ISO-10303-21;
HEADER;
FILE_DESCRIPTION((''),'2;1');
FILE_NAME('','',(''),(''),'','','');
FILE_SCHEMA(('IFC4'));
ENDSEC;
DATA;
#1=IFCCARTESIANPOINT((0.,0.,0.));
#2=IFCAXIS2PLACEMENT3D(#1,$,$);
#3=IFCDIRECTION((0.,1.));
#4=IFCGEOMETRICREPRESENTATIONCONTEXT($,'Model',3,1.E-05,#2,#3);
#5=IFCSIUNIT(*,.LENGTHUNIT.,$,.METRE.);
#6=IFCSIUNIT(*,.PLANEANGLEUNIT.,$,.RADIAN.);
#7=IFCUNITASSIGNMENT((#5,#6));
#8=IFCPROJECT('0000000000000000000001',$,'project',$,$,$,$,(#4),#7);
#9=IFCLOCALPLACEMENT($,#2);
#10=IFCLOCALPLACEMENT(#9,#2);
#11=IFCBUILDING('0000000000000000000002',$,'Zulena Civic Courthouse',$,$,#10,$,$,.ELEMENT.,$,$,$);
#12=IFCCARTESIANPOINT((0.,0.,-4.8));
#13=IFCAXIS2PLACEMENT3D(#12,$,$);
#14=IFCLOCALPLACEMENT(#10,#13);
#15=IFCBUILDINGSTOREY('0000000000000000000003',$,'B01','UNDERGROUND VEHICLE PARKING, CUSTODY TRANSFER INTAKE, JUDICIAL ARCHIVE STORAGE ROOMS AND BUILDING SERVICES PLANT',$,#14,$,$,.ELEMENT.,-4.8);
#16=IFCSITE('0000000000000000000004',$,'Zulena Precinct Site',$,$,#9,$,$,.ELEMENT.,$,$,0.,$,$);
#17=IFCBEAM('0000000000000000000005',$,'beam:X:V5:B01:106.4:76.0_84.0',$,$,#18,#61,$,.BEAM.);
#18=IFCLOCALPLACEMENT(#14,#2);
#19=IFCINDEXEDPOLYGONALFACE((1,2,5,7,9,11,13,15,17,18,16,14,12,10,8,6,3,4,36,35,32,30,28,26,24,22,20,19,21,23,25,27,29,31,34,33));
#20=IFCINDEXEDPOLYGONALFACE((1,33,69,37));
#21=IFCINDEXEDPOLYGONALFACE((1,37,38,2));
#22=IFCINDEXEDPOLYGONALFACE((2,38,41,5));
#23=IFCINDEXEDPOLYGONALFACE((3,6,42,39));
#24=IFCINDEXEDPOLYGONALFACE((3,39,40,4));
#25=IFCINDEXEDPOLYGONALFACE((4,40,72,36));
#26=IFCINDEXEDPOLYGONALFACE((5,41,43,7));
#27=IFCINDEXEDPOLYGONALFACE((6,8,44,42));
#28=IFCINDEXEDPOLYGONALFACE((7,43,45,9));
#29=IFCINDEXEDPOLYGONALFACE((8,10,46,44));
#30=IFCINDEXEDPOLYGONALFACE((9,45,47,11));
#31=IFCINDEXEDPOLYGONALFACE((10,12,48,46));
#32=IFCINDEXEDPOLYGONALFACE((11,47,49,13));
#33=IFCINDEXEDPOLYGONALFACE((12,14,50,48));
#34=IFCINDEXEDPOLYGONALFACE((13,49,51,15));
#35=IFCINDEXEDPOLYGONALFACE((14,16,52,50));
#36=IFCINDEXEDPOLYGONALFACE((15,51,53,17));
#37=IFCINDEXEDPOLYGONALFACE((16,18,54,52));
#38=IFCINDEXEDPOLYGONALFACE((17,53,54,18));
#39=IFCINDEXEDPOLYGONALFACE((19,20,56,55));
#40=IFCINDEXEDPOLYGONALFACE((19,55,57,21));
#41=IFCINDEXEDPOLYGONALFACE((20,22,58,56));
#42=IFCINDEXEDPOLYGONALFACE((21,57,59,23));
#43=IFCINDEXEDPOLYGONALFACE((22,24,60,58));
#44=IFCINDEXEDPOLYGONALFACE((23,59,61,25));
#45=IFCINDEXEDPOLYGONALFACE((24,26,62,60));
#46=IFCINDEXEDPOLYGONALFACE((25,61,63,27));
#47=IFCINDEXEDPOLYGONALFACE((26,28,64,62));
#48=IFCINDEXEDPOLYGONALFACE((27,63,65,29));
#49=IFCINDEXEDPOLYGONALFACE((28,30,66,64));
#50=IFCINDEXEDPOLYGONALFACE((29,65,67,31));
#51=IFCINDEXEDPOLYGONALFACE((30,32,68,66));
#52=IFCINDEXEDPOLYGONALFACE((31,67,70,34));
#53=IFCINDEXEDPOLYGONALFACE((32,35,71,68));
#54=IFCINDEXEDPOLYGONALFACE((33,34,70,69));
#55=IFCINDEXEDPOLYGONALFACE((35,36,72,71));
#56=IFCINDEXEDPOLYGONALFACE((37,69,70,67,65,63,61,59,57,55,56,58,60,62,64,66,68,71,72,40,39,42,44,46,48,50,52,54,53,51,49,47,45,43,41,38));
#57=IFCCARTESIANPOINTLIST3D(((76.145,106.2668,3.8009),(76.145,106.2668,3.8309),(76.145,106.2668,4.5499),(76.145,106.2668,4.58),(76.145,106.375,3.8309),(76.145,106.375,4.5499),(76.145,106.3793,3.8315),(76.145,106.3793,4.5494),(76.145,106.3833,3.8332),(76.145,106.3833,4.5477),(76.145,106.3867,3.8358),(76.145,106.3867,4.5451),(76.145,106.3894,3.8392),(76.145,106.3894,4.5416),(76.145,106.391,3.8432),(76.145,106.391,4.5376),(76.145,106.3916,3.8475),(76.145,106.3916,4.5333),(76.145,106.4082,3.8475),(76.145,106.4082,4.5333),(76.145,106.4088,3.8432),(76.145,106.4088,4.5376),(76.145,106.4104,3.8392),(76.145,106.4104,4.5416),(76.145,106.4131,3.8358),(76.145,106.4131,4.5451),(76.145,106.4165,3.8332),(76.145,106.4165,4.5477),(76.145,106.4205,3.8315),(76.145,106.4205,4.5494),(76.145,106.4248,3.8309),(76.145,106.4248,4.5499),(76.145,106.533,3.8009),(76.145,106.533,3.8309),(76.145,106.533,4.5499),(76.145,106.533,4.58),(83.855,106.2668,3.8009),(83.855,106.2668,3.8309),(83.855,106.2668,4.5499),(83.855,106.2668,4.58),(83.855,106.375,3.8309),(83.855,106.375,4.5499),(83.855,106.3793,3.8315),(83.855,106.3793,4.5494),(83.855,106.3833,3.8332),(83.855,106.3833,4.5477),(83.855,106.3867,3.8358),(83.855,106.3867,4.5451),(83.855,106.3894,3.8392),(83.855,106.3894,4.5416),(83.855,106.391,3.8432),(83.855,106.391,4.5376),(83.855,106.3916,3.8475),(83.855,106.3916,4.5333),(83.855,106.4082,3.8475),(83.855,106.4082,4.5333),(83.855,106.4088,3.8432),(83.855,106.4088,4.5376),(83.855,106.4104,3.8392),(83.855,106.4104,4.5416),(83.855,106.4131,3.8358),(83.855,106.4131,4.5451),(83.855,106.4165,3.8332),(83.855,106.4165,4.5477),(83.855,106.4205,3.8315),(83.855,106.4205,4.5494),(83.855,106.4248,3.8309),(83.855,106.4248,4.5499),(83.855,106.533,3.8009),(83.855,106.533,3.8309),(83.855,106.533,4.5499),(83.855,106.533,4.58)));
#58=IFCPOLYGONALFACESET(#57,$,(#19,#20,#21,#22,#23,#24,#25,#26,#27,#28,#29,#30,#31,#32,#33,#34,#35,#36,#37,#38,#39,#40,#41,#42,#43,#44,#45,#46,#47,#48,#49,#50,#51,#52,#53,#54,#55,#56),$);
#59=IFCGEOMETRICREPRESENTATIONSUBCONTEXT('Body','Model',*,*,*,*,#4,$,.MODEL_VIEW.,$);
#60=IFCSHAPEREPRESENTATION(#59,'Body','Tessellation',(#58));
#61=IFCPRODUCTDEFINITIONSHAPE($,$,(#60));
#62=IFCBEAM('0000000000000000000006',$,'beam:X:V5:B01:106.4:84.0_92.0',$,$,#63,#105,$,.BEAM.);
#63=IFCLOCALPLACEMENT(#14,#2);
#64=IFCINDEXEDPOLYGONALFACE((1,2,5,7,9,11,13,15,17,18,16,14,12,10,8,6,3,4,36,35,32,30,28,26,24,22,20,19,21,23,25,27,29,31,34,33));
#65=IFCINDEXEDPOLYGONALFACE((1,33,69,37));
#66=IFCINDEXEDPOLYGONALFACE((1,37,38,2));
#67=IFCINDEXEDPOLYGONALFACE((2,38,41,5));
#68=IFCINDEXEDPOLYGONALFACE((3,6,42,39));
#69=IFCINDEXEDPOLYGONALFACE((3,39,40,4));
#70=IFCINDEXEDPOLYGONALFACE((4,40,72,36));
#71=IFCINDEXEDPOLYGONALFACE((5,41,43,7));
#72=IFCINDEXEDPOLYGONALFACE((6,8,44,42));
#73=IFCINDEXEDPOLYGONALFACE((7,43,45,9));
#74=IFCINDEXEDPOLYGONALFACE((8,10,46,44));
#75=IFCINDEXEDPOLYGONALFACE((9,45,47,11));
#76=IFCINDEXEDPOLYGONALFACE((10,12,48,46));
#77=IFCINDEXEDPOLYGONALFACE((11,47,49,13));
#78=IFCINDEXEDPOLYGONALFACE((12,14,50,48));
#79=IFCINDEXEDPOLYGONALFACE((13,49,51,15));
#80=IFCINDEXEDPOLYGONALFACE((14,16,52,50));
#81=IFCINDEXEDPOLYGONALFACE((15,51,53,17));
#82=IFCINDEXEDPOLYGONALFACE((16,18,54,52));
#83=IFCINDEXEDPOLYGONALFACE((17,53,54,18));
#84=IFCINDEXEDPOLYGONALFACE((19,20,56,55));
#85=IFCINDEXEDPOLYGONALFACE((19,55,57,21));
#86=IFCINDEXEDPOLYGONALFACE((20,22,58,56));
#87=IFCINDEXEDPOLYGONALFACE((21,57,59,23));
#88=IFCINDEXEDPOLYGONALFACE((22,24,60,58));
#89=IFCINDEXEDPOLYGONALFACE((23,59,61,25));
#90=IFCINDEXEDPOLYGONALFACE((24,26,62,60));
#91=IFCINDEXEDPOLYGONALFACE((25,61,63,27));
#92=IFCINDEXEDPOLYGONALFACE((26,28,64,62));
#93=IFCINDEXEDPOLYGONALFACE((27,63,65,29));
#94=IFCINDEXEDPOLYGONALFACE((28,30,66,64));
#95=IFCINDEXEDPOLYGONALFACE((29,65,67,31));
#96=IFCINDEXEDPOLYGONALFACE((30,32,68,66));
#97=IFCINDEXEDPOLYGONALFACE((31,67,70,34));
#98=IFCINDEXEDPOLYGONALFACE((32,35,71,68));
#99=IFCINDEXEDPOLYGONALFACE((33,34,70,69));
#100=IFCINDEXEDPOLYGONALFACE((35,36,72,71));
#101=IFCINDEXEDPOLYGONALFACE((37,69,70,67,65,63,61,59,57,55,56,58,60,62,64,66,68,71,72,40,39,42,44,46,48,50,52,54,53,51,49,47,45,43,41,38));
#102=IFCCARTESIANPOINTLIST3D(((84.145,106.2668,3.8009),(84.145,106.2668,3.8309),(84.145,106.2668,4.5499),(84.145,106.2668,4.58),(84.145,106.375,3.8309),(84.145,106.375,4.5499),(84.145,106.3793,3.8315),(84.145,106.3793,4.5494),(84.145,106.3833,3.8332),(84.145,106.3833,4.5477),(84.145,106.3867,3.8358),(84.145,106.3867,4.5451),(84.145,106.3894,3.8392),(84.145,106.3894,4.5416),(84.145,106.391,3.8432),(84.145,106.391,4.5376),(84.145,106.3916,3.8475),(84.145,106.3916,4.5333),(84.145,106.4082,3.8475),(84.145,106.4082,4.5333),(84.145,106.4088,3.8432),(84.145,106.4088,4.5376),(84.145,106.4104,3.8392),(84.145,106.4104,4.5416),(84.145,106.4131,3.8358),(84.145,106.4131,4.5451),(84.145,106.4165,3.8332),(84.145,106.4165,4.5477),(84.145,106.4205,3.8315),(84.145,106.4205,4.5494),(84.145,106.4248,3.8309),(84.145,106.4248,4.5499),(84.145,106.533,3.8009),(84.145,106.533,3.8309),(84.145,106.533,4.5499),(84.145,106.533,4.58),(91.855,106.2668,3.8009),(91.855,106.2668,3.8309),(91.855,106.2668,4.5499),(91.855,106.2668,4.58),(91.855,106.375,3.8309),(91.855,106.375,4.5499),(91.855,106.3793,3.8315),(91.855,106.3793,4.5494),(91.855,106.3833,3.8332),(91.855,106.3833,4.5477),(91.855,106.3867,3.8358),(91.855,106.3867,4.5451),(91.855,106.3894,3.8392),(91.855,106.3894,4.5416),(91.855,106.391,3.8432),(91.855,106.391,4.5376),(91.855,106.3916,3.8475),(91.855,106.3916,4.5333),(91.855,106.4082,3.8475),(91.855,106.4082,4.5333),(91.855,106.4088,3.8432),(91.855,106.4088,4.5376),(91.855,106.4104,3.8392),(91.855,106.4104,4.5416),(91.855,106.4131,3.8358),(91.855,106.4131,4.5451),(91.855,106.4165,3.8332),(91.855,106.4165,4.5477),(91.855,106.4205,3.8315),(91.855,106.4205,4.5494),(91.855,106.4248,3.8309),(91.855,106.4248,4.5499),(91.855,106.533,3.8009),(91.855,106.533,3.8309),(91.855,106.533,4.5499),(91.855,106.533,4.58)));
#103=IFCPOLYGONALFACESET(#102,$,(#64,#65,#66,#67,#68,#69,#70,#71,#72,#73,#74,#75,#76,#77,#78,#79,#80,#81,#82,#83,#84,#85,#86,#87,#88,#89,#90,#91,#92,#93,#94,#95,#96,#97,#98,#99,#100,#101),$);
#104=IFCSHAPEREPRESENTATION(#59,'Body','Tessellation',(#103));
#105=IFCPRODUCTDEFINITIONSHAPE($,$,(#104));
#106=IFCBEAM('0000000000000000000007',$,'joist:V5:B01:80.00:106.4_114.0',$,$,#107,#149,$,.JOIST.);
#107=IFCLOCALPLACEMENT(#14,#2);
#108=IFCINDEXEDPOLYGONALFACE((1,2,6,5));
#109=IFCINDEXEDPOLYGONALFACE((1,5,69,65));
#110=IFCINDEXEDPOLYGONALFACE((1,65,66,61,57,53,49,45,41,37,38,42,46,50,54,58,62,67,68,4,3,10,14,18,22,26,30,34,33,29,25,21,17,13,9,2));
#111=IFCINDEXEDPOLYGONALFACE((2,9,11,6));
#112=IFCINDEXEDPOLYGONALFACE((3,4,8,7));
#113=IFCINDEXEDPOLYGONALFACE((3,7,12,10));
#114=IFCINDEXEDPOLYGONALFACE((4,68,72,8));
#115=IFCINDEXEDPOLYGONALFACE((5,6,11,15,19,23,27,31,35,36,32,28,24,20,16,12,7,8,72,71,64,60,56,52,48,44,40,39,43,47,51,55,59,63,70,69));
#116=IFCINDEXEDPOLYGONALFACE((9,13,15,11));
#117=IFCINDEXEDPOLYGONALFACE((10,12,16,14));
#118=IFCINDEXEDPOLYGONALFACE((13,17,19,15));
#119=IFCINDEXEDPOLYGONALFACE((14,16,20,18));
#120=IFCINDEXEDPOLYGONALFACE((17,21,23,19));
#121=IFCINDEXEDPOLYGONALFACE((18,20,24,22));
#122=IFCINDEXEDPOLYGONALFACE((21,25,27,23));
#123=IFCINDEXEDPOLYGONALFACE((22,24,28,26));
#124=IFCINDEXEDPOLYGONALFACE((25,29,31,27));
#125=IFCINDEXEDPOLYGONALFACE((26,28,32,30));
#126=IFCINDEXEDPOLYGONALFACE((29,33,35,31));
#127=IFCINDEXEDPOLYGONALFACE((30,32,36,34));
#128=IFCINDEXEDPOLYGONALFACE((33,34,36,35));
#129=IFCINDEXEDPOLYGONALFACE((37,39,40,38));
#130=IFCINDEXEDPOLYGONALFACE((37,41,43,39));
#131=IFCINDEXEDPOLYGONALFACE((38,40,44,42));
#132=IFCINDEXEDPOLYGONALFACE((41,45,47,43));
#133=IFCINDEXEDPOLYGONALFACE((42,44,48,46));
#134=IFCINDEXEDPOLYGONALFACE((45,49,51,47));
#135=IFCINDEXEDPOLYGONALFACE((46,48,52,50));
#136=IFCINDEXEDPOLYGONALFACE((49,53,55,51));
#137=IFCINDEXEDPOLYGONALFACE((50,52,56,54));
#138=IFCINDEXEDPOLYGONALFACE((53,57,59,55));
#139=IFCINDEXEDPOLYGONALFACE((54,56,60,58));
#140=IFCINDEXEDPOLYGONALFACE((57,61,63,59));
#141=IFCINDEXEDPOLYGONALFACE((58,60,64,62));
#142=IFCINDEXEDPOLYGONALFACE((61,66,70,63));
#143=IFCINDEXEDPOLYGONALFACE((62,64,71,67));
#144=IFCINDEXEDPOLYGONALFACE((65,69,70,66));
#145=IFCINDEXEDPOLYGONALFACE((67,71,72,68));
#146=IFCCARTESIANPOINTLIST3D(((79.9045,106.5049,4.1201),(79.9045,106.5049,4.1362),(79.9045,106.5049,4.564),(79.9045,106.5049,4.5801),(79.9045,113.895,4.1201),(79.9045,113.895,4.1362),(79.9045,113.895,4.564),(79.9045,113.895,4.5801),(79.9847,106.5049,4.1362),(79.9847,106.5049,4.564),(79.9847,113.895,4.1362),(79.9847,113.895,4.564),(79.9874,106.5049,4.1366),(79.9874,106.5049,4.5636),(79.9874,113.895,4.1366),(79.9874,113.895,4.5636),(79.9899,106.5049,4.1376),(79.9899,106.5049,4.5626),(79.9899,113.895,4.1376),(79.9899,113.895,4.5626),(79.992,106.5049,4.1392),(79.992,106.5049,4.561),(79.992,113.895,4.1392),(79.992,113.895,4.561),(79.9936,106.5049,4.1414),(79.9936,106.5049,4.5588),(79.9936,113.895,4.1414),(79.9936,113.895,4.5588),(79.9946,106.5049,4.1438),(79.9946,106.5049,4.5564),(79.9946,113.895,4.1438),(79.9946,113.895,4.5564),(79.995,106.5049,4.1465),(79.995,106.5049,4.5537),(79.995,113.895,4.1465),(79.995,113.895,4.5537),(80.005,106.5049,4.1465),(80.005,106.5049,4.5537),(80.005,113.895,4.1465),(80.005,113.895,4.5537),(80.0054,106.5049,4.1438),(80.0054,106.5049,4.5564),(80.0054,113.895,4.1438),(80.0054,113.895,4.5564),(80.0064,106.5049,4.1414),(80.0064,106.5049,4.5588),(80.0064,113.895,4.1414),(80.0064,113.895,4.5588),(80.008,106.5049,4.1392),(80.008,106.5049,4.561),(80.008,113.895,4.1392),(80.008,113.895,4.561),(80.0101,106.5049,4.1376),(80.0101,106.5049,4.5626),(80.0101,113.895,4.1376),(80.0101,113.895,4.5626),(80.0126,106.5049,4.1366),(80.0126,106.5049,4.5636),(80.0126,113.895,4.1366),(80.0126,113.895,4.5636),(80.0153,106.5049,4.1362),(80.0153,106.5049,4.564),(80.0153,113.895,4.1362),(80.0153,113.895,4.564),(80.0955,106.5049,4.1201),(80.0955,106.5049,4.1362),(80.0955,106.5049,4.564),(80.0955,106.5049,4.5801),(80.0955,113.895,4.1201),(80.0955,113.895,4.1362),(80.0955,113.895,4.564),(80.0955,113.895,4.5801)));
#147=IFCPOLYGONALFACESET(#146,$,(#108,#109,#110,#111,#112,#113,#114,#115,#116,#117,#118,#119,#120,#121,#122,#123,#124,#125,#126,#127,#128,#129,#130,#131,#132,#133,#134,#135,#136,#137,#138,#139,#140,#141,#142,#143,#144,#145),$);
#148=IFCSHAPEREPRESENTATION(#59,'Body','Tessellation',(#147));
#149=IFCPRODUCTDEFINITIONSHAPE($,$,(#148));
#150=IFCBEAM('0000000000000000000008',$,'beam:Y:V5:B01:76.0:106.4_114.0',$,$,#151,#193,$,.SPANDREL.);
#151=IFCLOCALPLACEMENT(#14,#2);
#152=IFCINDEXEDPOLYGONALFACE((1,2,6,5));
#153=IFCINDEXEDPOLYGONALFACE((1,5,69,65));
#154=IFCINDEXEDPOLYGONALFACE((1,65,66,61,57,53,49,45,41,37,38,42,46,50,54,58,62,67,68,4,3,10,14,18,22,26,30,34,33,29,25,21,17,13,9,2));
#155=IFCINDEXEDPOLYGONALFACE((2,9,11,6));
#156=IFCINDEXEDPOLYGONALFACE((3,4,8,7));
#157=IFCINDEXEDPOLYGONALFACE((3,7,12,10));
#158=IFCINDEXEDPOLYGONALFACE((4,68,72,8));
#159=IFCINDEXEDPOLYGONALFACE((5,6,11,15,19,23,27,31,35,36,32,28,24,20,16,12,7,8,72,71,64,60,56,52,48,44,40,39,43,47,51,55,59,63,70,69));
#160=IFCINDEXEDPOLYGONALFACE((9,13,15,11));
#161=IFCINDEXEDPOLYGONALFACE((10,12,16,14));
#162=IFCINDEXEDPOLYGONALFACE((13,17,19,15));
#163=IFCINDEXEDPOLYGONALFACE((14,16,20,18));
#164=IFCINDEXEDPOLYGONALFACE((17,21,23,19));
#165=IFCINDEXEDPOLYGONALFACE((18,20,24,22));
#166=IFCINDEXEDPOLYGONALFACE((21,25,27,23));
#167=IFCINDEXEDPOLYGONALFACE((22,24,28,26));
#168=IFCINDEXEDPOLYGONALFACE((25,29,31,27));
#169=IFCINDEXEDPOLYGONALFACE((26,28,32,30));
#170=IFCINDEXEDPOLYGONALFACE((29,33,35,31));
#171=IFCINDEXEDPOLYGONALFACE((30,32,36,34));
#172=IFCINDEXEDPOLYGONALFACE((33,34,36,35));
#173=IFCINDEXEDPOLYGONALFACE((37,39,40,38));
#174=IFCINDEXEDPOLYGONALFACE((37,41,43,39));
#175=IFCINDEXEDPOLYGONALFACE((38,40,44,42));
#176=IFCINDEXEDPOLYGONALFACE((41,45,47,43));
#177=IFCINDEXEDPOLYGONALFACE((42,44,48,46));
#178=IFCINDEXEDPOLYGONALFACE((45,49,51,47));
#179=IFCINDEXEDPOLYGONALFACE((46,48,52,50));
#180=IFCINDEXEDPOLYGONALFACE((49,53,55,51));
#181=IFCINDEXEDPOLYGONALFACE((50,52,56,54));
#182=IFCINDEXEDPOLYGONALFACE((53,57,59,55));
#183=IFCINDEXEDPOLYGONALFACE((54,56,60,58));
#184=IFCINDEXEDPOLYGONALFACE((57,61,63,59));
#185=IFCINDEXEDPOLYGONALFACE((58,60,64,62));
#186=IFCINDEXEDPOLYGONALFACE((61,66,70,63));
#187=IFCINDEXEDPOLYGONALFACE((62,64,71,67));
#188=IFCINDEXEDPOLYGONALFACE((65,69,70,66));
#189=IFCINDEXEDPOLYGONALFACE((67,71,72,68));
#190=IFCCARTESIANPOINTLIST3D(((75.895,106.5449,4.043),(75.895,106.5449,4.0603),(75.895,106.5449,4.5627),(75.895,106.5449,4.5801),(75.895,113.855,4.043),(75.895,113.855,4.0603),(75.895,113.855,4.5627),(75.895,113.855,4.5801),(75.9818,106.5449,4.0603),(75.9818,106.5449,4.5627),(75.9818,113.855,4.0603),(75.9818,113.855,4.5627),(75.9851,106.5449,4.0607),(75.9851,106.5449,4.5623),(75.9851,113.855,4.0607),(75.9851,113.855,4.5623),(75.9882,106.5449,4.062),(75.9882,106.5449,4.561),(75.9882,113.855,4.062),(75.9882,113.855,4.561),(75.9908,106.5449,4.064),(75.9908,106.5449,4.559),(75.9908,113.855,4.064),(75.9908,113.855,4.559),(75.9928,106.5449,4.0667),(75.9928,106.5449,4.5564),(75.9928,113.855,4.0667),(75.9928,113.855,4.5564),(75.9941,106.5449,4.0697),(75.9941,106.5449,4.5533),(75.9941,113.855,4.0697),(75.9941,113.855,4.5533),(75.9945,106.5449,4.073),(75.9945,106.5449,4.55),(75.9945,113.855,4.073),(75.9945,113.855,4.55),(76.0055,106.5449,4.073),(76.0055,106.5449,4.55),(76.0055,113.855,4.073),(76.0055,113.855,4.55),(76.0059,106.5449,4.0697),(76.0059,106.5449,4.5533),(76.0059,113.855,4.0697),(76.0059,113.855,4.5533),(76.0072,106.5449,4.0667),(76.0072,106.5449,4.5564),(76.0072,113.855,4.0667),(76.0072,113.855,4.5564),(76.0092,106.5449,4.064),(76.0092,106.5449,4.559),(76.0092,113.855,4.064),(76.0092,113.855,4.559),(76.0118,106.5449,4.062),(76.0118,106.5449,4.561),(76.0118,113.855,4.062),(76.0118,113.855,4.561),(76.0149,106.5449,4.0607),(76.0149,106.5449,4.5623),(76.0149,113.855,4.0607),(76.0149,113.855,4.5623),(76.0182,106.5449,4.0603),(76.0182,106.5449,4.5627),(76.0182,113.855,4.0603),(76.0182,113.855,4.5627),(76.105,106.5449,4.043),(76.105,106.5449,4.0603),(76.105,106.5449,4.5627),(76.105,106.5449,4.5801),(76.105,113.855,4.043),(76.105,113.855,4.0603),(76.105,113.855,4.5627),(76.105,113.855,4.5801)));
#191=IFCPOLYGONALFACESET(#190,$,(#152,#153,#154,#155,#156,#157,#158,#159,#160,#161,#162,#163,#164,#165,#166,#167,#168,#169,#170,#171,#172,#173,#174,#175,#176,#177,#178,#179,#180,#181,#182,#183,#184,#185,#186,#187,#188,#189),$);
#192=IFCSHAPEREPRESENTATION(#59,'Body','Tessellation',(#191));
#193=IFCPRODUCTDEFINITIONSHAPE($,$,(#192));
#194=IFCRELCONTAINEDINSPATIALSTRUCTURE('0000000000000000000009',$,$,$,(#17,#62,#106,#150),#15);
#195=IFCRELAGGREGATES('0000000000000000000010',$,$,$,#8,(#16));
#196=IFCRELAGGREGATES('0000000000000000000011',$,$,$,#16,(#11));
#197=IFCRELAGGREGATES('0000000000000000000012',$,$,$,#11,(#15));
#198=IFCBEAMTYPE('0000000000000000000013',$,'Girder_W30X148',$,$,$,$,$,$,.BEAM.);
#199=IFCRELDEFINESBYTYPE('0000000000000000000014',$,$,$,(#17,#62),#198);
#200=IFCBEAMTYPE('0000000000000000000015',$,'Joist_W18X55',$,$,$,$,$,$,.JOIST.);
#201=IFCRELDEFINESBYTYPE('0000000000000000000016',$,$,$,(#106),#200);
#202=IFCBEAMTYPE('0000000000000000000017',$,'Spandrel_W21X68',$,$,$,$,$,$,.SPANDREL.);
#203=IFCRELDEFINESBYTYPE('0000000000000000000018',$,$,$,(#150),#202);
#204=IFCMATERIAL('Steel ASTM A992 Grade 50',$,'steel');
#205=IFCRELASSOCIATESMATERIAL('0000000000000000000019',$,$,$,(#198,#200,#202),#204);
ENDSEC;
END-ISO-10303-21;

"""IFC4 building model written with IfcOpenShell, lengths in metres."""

from ifc_helpers import new_model, si_unit, direction, frame, origin, origin_2d, place, context, subcontext, project, spatial, i_section, extrude, material, material_profile, profile_set, type_object, element, save


model = new_model("IFC4")

# Units and contexts
model_context = context("Model", 3, precision=1e-05, world=origin(), true_north=direction((0.0, 1.0)))
body_context = subcontext(model_context, "Body", "Model", "MODEL_VIEW")
ifc_project = project(units=[si_unit("LENGTHUNIT", "METRE"), si_unit("PLANEANGLEUNIT", "RADIAN")], contexts=[model_context])

# Site, building, storey
site_placement = place(None, origin())
site = spatial("IfcSite", under=ifc_project, at=site_placement, Name="Zulena Precinct Site", CompositionType="ELEMENT", RefElevation=0.0)
building_placement = place(site_placement, origin())
building = spatial("IfcBuilding", under=site, at=building_placement, Name="Zulena Civic Courthouse", CompositionType="ELEMENT")
storey_placement = place(building_placement, frame((0.0, 0.0, -4.8)))
storey = spatial("IfcBuildingStorey", under=building, at=storey_placement, Name="B01", Description="UNDERGROUND VEHICLE PARKING, CUSTODY TRANSFER INTAKE, JUDICIAL ARCHIVE STORAGE ROOMS AND BUILDING SERVICES PLANT", CompositionType="ELEMENT", Elevation=-4.8)

# Shared definitions
ifc_material_1 = material(Name="Steel ASTM A992 Grade 50", Category="steel")

# Beams
ifc_material_profile_1 = material_profile(ifc_material_1, i_section(OverallWidth=0.2661, OverallDepth=0.7791, WebThickness=0.0166, FlangeThickness=0.03, FilletRadius=0.0166, at=origin_2d()), Name="W30X148")
ifc_profile_set_1 = profile_set([ifc_material_profile_1], Name="Steel ASTM A992 Grade 50")
beam_type_1 = type_object("IfcBeamType", Name="Girder_W30X148", PredefinedType="BEAM", material=ifc_profile_set_1)
for number, where, z_axis, x_axis, name in (
    (1, (76.145, 106.3999, 4.1904), (1.0, 0.0, 0.0), (0.0, 1.0, 0.0), "beam:X:V5:B01:106.4:76.0_84.0"),
    (2, (84.145, 106.3999, 4.1904), (1.0, 0.0, 0.0), (0.0, 1.0, 0.0), "beam:X:V5:B01:106.4:84.0_92.0"),
):
    element("IfcBeam", number, at=place(storey_placement, frame(where, z_axis=z_axis, x_axis=x_axis)), inside=storey, type_object=beam_type_1, Name=name, PredefinedType="BEAM", context=body_context, shape_type="SweptSolid", body=[
        extrude(i_section(OverallWidth=0.2661, OverallDepth=0.7791, WebThickness=0.0166, FlangeThickness=0.03, FilletRadius=0.0166, at=origin_2d()), origin(), (0.0, 0.0, 1.0), 7.71),
    ])
ifc_material_profile_2 = material_profile(ifc_material_1, i_section(OverallWidth=0.1909, OverallDepth=0.46, WebThickness=0.01, FlangeThickness=0.0161, FilletRadius=0.0103, at=origin_2d()), Name="W18X55")
ifc_profile_set_2 = profile_set([ifc_material_profile_2], Name="Steel ASTM A992 Grade 50")
beam_type_2 = type_object("IfcBeamType", Name="Joist_W18X55", PredefinedType="JOIST", material=ifc_profile_set_2)
beam_placement = place(storey_placement, frame((80.0, 106.5049, 4.3501), z_axis=(0.0, 1.0, 0.0), x_axis=(-1.0, 0.0, 0.0)))
element("IfcBeam", 3, at=beam_placement, inside=storey, type_object=beam_type_2, Name="joist:V5:B01:80.00:106.4_114.0", PredefinedType="JOIST", context=body_context, shape_type="SweptSolid", body=[
    extrude(i_section(OverallWidth=0.1909, OverallDepth=0.46, WebThickness=0.01, FlangeThickness=0.0161, FilletRadius=0.0103, at=origin_2d()), origin(), (0.0, 0.0, 1.0), 7.3901),
])
ifc_material_profile_3 = material_profile(ifc_material_1, i_section(OverallWidth=0.21, OverallDepth=0.5371, WebThickness=0.011, FlangeThickness=0.0173, FilletRadius=0.0127, at=origin_2d()), Name="W21X68")
ifc_profile_set_3 = profile_set([ifc_material_profile_3], Name="Steel ASTM A992 Grade 50")
beam_type_3 = type_object("IfcBeamType", Name="Spandrel_W21X68", PredefinedType="SPANDREL", material=ifc_profile_set_3)
for number, where, z_axis, x_axis, name in (
    (4, (76.0, 106.5449, 4.3115), (0.0, 1.0, 0.0), (-1.0, 0.0, 0.0), "beam:Y:V5:B01:76.0:106.4_114.0"),
):
    element("IfcBeam", number, at=place(storey_placement, frame(where, z_axis=z_axis, x_axis=x_axis)), inside=storey, type_object=beam_type_3, Name=name, PredefinedType="SPANDREL", context=body_context, shape_type="SweptSolid", body=[
        extrude(i_section(OverallWidth=0.21, OverallDepth=0.5371, WebThickness=0.011, FlangeThickness=0.0173, FilletRadius=0.0127, at=origin_2d()), origin(), (0.0, 0.0, 1.0), 7.3101),
    ])

save(model, "model.ifc")
